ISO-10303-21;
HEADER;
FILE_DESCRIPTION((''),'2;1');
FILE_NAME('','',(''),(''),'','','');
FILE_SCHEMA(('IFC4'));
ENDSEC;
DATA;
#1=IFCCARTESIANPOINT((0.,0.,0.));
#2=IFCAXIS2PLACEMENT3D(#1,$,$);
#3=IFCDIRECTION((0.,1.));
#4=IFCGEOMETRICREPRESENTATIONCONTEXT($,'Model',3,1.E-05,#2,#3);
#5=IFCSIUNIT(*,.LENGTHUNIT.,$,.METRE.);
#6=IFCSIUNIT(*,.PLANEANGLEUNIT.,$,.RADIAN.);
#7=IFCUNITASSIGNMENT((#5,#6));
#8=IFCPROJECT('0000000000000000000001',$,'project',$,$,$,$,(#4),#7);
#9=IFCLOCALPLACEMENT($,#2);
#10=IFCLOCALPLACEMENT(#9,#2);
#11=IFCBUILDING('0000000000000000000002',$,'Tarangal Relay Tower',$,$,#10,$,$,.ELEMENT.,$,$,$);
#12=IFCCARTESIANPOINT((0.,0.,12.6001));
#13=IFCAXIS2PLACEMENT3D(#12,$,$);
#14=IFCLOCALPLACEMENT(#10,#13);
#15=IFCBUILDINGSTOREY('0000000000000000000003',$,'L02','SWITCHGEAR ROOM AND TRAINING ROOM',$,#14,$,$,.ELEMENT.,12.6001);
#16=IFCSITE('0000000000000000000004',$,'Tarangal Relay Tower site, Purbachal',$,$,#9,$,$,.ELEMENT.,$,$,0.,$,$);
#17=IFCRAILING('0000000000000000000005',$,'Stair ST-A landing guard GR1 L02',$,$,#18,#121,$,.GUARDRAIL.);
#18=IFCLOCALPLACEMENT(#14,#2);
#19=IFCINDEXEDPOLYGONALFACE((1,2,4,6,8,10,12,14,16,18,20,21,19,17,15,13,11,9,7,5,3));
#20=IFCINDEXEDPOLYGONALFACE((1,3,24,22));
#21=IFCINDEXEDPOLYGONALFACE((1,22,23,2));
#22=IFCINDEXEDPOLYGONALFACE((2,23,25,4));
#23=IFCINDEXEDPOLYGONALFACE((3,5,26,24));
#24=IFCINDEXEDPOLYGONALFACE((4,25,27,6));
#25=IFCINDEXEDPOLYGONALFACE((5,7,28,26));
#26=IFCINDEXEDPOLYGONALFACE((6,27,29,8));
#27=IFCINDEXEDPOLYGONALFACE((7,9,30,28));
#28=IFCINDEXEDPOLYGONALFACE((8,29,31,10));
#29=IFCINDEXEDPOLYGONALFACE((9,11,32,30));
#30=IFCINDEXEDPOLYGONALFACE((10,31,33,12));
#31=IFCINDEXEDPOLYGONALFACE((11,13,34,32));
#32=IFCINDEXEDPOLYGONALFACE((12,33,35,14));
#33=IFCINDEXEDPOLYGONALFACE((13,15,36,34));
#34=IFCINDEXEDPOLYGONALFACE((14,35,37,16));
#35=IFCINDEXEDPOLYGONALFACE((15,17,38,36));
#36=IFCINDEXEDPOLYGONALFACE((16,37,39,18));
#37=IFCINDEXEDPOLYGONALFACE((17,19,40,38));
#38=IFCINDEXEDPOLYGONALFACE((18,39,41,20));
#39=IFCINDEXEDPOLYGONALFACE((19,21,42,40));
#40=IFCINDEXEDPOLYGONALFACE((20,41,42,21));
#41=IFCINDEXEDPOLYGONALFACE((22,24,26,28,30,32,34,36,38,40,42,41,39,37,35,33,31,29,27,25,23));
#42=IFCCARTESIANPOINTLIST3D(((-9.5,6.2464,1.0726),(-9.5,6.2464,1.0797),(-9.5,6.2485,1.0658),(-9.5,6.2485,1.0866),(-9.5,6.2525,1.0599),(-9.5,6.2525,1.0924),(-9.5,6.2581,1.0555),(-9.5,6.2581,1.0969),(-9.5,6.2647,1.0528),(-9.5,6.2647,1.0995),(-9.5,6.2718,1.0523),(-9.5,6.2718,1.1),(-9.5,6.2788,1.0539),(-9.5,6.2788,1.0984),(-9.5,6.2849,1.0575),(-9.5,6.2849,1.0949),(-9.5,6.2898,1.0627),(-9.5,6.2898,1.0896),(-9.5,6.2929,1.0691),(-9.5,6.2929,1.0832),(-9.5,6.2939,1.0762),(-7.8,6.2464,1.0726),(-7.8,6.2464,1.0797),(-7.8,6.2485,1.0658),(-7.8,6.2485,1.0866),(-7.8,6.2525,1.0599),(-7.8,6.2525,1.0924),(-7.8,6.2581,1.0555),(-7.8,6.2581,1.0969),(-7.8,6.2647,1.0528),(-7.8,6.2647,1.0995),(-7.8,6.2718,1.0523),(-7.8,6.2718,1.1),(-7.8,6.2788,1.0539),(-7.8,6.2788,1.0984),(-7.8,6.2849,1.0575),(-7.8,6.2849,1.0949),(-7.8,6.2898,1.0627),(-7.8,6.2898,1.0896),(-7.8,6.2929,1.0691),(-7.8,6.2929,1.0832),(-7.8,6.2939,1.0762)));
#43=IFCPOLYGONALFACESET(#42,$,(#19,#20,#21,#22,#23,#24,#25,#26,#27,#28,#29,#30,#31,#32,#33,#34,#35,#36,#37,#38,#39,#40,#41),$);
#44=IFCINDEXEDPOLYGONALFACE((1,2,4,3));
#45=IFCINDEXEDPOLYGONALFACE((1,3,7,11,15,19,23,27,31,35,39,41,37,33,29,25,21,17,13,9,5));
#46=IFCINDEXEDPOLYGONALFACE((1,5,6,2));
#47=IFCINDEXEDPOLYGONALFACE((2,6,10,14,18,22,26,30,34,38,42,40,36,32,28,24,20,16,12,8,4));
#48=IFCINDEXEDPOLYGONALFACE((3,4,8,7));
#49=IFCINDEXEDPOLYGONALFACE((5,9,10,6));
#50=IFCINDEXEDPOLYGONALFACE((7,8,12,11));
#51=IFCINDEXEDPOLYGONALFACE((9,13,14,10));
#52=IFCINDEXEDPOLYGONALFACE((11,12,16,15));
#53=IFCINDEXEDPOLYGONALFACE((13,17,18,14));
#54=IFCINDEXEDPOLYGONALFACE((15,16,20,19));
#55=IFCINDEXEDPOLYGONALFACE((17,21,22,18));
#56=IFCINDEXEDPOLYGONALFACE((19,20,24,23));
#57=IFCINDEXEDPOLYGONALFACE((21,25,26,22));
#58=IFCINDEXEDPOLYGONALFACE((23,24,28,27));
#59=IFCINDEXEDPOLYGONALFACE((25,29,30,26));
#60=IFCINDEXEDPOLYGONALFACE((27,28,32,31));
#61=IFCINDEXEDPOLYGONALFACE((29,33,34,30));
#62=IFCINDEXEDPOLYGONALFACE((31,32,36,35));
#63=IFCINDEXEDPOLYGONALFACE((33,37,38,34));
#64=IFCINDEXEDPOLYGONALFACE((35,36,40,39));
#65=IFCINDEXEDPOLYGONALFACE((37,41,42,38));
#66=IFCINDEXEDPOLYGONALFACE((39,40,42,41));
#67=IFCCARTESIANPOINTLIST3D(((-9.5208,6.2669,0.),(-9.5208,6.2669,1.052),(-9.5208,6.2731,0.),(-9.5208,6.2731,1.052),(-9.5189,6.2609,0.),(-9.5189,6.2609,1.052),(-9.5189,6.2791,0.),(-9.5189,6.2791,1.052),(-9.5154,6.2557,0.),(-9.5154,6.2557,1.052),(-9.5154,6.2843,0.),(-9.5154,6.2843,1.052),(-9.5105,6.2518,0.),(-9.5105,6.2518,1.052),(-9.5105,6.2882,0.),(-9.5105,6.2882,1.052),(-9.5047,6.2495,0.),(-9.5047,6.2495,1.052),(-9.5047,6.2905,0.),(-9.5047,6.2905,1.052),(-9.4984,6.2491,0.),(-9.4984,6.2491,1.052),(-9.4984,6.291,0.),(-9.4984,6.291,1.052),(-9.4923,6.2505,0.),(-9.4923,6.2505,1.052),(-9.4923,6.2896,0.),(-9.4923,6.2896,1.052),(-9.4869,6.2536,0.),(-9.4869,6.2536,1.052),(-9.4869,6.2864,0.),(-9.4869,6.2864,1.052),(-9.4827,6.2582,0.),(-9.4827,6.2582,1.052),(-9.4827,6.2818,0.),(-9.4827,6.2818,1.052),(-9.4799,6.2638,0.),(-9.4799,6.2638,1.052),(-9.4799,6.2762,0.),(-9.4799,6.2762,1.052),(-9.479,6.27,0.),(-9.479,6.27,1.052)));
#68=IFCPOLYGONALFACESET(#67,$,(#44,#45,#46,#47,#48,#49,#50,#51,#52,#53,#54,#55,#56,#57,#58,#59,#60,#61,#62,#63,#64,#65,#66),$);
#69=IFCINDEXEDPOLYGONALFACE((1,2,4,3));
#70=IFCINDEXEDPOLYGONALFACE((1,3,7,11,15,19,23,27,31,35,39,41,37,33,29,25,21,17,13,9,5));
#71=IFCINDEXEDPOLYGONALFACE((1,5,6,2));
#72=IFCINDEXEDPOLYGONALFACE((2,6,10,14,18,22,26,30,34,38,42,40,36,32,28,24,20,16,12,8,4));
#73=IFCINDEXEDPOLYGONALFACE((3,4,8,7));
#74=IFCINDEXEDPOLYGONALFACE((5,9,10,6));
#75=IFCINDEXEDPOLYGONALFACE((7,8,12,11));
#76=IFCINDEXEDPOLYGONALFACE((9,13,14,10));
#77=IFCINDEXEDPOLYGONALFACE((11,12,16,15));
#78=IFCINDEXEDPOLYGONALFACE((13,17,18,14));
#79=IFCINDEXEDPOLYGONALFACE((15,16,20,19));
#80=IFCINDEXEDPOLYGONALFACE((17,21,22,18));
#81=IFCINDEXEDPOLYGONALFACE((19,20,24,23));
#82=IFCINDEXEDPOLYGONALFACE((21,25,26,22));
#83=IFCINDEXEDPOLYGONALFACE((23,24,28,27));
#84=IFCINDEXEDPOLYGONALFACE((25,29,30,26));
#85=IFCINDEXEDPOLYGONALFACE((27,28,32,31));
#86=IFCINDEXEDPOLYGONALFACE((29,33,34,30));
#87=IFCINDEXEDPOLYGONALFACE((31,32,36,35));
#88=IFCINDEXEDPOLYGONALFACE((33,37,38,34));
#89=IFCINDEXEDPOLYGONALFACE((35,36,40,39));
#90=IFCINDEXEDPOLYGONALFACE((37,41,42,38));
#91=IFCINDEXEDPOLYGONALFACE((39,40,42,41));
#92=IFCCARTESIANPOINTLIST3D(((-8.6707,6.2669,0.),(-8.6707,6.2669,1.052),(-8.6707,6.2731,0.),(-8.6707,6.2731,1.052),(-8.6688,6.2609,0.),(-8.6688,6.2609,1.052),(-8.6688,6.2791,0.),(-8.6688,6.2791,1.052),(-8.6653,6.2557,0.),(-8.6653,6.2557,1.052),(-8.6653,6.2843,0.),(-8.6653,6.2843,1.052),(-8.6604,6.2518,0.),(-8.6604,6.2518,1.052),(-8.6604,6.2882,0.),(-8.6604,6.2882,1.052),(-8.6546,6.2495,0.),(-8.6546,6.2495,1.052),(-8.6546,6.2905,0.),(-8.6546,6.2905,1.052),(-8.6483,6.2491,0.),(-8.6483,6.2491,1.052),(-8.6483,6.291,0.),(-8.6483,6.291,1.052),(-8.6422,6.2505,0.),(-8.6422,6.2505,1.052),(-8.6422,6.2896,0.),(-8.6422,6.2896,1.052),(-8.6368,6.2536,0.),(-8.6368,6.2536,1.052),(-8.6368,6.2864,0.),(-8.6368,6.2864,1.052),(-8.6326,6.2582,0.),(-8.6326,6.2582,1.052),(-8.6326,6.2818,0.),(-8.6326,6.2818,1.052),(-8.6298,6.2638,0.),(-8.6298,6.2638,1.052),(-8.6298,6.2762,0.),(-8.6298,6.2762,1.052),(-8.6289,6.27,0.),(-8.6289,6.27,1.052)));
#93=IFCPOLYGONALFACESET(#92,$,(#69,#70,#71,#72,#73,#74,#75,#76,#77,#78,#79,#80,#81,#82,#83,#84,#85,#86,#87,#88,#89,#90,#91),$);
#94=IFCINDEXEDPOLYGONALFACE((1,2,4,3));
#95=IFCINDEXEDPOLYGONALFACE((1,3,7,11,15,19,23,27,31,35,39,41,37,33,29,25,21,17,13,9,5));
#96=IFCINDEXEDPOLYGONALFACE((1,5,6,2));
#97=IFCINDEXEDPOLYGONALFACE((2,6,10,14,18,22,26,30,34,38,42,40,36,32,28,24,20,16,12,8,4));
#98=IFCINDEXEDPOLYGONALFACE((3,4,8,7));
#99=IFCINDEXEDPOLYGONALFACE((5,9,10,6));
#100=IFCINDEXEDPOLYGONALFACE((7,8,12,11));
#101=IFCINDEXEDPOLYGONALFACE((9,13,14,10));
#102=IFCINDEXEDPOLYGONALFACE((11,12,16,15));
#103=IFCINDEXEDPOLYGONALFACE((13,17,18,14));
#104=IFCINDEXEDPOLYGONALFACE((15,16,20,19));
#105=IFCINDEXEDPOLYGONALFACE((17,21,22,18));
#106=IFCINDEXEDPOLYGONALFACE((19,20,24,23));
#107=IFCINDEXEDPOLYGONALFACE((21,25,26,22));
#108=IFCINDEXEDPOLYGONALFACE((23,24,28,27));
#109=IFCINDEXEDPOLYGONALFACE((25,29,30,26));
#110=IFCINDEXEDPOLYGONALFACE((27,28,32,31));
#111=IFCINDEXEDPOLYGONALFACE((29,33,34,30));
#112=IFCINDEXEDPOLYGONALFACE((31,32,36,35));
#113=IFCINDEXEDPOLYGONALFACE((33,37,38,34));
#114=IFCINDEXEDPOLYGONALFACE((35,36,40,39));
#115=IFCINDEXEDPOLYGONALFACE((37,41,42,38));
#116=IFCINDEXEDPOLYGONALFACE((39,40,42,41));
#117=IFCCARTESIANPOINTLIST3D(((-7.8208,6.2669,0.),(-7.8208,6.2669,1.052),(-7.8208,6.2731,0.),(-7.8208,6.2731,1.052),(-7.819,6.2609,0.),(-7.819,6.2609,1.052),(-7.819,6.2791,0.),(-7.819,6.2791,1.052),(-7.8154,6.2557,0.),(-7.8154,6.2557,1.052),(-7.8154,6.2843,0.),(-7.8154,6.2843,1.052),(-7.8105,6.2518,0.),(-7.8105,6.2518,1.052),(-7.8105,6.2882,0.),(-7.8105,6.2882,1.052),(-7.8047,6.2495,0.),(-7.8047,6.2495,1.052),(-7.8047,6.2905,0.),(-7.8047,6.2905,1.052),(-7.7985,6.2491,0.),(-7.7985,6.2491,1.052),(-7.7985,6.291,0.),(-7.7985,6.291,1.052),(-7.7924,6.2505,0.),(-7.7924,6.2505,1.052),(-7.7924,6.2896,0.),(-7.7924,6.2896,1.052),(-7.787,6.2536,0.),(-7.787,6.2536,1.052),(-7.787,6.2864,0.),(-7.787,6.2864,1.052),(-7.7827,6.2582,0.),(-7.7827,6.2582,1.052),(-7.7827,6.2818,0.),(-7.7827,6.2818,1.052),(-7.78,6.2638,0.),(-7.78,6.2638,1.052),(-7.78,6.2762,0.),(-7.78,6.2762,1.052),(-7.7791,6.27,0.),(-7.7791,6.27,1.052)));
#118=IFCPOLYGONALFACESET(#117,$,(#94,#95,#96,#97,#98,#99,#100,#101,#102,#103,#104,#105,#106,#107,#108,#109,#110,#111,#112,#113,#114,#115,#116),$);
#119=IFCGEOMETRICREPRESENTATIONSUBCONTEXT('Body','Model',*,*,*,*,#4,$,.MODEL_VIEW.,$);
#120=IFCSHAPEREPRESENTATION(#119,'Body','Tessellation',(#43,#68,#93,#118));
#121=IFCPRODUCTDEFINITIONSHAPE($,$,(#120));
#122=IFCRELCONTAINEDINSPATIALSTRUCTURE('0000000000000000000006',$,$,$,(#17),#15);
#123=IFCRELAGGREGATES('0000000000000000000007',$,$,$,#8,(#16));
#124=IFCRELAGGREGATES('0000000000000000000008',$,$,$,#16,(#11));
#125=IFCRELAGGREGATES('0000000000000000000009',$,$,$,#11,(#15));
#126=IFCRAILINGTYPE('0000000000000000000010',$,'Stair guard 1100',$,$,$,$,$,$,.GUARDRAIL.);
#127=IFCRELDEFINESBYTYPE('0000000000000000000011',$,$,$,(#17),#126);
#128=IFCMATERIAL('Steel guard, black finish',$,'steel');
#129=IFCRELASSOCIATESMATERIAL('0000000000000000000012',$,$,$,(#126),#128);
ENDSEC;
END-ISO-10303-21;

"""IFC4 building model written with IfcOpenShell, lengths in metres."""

from ifc_helpers import new_model, si_unit, direction, frame, origin, origin_2d, place, context, subcontext, project, spatial, circle, extrude, material, type_object, element, save


model = new_model("IFC4")

# Units and contexts
model_context = context("Model", 3, precision=1e-05, world=origin(), true_north=direction((0.0, 1.0)))
body_context = subcontext(model_context, "Body", "Model", "MODEL_VIEW")
ifc_project = project(units=[si_unit("LENGTHUNIT", "METRE"), si_unit("PLANEANGLEUNIT", "RADIAN")], contexts=[model_context])

# Site, building, storey
site_placement = place(None, origin())
site = spatial("IfcSite", under=ifc_project, at=site_placement, Name="Tarangal Relay Tower site, Purbachal", CompositionType="ELEMENT", RefElevation=0.0)
building_placement = place(site_placement, origin())
building = spatial("IfcBuilding", under=site, at=building_placement, Name="Tarangal Relay Tower", CompositionType="ELEMENT")
storey_placement = place(building_placement, frame((0.0, 0.0, 12.6001)))
storey = spatial("IfcBuildingStorey", under=building, at=storey_placement, Name="L02", Description="SWITCHGEAR ROOM AND TRAINING ROOM", CompositionType="ELEMENT", Elevation=12.6001)

# Railing
ifc_material_1 = material(Name="Steel guard, black finish", Category="steel")
railing_type_1 = type_object("IfcRailingType", Name="Stair guard 1100", PredefinedType="GUARDRAIL", material=ifc_material_1)
railing_placement = place(storey_placement, frame((-9.5, 6.27, 0.0)))
element("IfcRailing", 1, at=railing_placement, inside=storey, type_object=railing_type_1, Name="Stair ST-A landing guard GR1 L02", PredefinedType="GUARDRAIL", context=body_context, shape_type="SweptSolid", body=[
    extrude(circle(Radius=0.0239, at=origin_2d()), frame((0.0, 0.0, 1.0762), z_axis=(1.0, 0.0, 0.0), x_axis=(0.0, 1.0, 0.0)), (0.0, 0.0, 1.0), 1.7),
    extrude(circle(Radius=0.021, at=origin_2d()), origin(), (0.0, 0.0, 1.0), 1.052),
    extrude(circle(Radius=0.021, at=origin_2d()), frame((0.8501, 0.0, 0.0)), (0.0, 0.0, 1.0), 1.052),
    extrude(circle(Radius=0.021, at=origin_2d()), frame((1.7, 0.0, 0.0)), (0.0, 0.0, 1.0), 1.052),
])

save(model, "model.ifc")
